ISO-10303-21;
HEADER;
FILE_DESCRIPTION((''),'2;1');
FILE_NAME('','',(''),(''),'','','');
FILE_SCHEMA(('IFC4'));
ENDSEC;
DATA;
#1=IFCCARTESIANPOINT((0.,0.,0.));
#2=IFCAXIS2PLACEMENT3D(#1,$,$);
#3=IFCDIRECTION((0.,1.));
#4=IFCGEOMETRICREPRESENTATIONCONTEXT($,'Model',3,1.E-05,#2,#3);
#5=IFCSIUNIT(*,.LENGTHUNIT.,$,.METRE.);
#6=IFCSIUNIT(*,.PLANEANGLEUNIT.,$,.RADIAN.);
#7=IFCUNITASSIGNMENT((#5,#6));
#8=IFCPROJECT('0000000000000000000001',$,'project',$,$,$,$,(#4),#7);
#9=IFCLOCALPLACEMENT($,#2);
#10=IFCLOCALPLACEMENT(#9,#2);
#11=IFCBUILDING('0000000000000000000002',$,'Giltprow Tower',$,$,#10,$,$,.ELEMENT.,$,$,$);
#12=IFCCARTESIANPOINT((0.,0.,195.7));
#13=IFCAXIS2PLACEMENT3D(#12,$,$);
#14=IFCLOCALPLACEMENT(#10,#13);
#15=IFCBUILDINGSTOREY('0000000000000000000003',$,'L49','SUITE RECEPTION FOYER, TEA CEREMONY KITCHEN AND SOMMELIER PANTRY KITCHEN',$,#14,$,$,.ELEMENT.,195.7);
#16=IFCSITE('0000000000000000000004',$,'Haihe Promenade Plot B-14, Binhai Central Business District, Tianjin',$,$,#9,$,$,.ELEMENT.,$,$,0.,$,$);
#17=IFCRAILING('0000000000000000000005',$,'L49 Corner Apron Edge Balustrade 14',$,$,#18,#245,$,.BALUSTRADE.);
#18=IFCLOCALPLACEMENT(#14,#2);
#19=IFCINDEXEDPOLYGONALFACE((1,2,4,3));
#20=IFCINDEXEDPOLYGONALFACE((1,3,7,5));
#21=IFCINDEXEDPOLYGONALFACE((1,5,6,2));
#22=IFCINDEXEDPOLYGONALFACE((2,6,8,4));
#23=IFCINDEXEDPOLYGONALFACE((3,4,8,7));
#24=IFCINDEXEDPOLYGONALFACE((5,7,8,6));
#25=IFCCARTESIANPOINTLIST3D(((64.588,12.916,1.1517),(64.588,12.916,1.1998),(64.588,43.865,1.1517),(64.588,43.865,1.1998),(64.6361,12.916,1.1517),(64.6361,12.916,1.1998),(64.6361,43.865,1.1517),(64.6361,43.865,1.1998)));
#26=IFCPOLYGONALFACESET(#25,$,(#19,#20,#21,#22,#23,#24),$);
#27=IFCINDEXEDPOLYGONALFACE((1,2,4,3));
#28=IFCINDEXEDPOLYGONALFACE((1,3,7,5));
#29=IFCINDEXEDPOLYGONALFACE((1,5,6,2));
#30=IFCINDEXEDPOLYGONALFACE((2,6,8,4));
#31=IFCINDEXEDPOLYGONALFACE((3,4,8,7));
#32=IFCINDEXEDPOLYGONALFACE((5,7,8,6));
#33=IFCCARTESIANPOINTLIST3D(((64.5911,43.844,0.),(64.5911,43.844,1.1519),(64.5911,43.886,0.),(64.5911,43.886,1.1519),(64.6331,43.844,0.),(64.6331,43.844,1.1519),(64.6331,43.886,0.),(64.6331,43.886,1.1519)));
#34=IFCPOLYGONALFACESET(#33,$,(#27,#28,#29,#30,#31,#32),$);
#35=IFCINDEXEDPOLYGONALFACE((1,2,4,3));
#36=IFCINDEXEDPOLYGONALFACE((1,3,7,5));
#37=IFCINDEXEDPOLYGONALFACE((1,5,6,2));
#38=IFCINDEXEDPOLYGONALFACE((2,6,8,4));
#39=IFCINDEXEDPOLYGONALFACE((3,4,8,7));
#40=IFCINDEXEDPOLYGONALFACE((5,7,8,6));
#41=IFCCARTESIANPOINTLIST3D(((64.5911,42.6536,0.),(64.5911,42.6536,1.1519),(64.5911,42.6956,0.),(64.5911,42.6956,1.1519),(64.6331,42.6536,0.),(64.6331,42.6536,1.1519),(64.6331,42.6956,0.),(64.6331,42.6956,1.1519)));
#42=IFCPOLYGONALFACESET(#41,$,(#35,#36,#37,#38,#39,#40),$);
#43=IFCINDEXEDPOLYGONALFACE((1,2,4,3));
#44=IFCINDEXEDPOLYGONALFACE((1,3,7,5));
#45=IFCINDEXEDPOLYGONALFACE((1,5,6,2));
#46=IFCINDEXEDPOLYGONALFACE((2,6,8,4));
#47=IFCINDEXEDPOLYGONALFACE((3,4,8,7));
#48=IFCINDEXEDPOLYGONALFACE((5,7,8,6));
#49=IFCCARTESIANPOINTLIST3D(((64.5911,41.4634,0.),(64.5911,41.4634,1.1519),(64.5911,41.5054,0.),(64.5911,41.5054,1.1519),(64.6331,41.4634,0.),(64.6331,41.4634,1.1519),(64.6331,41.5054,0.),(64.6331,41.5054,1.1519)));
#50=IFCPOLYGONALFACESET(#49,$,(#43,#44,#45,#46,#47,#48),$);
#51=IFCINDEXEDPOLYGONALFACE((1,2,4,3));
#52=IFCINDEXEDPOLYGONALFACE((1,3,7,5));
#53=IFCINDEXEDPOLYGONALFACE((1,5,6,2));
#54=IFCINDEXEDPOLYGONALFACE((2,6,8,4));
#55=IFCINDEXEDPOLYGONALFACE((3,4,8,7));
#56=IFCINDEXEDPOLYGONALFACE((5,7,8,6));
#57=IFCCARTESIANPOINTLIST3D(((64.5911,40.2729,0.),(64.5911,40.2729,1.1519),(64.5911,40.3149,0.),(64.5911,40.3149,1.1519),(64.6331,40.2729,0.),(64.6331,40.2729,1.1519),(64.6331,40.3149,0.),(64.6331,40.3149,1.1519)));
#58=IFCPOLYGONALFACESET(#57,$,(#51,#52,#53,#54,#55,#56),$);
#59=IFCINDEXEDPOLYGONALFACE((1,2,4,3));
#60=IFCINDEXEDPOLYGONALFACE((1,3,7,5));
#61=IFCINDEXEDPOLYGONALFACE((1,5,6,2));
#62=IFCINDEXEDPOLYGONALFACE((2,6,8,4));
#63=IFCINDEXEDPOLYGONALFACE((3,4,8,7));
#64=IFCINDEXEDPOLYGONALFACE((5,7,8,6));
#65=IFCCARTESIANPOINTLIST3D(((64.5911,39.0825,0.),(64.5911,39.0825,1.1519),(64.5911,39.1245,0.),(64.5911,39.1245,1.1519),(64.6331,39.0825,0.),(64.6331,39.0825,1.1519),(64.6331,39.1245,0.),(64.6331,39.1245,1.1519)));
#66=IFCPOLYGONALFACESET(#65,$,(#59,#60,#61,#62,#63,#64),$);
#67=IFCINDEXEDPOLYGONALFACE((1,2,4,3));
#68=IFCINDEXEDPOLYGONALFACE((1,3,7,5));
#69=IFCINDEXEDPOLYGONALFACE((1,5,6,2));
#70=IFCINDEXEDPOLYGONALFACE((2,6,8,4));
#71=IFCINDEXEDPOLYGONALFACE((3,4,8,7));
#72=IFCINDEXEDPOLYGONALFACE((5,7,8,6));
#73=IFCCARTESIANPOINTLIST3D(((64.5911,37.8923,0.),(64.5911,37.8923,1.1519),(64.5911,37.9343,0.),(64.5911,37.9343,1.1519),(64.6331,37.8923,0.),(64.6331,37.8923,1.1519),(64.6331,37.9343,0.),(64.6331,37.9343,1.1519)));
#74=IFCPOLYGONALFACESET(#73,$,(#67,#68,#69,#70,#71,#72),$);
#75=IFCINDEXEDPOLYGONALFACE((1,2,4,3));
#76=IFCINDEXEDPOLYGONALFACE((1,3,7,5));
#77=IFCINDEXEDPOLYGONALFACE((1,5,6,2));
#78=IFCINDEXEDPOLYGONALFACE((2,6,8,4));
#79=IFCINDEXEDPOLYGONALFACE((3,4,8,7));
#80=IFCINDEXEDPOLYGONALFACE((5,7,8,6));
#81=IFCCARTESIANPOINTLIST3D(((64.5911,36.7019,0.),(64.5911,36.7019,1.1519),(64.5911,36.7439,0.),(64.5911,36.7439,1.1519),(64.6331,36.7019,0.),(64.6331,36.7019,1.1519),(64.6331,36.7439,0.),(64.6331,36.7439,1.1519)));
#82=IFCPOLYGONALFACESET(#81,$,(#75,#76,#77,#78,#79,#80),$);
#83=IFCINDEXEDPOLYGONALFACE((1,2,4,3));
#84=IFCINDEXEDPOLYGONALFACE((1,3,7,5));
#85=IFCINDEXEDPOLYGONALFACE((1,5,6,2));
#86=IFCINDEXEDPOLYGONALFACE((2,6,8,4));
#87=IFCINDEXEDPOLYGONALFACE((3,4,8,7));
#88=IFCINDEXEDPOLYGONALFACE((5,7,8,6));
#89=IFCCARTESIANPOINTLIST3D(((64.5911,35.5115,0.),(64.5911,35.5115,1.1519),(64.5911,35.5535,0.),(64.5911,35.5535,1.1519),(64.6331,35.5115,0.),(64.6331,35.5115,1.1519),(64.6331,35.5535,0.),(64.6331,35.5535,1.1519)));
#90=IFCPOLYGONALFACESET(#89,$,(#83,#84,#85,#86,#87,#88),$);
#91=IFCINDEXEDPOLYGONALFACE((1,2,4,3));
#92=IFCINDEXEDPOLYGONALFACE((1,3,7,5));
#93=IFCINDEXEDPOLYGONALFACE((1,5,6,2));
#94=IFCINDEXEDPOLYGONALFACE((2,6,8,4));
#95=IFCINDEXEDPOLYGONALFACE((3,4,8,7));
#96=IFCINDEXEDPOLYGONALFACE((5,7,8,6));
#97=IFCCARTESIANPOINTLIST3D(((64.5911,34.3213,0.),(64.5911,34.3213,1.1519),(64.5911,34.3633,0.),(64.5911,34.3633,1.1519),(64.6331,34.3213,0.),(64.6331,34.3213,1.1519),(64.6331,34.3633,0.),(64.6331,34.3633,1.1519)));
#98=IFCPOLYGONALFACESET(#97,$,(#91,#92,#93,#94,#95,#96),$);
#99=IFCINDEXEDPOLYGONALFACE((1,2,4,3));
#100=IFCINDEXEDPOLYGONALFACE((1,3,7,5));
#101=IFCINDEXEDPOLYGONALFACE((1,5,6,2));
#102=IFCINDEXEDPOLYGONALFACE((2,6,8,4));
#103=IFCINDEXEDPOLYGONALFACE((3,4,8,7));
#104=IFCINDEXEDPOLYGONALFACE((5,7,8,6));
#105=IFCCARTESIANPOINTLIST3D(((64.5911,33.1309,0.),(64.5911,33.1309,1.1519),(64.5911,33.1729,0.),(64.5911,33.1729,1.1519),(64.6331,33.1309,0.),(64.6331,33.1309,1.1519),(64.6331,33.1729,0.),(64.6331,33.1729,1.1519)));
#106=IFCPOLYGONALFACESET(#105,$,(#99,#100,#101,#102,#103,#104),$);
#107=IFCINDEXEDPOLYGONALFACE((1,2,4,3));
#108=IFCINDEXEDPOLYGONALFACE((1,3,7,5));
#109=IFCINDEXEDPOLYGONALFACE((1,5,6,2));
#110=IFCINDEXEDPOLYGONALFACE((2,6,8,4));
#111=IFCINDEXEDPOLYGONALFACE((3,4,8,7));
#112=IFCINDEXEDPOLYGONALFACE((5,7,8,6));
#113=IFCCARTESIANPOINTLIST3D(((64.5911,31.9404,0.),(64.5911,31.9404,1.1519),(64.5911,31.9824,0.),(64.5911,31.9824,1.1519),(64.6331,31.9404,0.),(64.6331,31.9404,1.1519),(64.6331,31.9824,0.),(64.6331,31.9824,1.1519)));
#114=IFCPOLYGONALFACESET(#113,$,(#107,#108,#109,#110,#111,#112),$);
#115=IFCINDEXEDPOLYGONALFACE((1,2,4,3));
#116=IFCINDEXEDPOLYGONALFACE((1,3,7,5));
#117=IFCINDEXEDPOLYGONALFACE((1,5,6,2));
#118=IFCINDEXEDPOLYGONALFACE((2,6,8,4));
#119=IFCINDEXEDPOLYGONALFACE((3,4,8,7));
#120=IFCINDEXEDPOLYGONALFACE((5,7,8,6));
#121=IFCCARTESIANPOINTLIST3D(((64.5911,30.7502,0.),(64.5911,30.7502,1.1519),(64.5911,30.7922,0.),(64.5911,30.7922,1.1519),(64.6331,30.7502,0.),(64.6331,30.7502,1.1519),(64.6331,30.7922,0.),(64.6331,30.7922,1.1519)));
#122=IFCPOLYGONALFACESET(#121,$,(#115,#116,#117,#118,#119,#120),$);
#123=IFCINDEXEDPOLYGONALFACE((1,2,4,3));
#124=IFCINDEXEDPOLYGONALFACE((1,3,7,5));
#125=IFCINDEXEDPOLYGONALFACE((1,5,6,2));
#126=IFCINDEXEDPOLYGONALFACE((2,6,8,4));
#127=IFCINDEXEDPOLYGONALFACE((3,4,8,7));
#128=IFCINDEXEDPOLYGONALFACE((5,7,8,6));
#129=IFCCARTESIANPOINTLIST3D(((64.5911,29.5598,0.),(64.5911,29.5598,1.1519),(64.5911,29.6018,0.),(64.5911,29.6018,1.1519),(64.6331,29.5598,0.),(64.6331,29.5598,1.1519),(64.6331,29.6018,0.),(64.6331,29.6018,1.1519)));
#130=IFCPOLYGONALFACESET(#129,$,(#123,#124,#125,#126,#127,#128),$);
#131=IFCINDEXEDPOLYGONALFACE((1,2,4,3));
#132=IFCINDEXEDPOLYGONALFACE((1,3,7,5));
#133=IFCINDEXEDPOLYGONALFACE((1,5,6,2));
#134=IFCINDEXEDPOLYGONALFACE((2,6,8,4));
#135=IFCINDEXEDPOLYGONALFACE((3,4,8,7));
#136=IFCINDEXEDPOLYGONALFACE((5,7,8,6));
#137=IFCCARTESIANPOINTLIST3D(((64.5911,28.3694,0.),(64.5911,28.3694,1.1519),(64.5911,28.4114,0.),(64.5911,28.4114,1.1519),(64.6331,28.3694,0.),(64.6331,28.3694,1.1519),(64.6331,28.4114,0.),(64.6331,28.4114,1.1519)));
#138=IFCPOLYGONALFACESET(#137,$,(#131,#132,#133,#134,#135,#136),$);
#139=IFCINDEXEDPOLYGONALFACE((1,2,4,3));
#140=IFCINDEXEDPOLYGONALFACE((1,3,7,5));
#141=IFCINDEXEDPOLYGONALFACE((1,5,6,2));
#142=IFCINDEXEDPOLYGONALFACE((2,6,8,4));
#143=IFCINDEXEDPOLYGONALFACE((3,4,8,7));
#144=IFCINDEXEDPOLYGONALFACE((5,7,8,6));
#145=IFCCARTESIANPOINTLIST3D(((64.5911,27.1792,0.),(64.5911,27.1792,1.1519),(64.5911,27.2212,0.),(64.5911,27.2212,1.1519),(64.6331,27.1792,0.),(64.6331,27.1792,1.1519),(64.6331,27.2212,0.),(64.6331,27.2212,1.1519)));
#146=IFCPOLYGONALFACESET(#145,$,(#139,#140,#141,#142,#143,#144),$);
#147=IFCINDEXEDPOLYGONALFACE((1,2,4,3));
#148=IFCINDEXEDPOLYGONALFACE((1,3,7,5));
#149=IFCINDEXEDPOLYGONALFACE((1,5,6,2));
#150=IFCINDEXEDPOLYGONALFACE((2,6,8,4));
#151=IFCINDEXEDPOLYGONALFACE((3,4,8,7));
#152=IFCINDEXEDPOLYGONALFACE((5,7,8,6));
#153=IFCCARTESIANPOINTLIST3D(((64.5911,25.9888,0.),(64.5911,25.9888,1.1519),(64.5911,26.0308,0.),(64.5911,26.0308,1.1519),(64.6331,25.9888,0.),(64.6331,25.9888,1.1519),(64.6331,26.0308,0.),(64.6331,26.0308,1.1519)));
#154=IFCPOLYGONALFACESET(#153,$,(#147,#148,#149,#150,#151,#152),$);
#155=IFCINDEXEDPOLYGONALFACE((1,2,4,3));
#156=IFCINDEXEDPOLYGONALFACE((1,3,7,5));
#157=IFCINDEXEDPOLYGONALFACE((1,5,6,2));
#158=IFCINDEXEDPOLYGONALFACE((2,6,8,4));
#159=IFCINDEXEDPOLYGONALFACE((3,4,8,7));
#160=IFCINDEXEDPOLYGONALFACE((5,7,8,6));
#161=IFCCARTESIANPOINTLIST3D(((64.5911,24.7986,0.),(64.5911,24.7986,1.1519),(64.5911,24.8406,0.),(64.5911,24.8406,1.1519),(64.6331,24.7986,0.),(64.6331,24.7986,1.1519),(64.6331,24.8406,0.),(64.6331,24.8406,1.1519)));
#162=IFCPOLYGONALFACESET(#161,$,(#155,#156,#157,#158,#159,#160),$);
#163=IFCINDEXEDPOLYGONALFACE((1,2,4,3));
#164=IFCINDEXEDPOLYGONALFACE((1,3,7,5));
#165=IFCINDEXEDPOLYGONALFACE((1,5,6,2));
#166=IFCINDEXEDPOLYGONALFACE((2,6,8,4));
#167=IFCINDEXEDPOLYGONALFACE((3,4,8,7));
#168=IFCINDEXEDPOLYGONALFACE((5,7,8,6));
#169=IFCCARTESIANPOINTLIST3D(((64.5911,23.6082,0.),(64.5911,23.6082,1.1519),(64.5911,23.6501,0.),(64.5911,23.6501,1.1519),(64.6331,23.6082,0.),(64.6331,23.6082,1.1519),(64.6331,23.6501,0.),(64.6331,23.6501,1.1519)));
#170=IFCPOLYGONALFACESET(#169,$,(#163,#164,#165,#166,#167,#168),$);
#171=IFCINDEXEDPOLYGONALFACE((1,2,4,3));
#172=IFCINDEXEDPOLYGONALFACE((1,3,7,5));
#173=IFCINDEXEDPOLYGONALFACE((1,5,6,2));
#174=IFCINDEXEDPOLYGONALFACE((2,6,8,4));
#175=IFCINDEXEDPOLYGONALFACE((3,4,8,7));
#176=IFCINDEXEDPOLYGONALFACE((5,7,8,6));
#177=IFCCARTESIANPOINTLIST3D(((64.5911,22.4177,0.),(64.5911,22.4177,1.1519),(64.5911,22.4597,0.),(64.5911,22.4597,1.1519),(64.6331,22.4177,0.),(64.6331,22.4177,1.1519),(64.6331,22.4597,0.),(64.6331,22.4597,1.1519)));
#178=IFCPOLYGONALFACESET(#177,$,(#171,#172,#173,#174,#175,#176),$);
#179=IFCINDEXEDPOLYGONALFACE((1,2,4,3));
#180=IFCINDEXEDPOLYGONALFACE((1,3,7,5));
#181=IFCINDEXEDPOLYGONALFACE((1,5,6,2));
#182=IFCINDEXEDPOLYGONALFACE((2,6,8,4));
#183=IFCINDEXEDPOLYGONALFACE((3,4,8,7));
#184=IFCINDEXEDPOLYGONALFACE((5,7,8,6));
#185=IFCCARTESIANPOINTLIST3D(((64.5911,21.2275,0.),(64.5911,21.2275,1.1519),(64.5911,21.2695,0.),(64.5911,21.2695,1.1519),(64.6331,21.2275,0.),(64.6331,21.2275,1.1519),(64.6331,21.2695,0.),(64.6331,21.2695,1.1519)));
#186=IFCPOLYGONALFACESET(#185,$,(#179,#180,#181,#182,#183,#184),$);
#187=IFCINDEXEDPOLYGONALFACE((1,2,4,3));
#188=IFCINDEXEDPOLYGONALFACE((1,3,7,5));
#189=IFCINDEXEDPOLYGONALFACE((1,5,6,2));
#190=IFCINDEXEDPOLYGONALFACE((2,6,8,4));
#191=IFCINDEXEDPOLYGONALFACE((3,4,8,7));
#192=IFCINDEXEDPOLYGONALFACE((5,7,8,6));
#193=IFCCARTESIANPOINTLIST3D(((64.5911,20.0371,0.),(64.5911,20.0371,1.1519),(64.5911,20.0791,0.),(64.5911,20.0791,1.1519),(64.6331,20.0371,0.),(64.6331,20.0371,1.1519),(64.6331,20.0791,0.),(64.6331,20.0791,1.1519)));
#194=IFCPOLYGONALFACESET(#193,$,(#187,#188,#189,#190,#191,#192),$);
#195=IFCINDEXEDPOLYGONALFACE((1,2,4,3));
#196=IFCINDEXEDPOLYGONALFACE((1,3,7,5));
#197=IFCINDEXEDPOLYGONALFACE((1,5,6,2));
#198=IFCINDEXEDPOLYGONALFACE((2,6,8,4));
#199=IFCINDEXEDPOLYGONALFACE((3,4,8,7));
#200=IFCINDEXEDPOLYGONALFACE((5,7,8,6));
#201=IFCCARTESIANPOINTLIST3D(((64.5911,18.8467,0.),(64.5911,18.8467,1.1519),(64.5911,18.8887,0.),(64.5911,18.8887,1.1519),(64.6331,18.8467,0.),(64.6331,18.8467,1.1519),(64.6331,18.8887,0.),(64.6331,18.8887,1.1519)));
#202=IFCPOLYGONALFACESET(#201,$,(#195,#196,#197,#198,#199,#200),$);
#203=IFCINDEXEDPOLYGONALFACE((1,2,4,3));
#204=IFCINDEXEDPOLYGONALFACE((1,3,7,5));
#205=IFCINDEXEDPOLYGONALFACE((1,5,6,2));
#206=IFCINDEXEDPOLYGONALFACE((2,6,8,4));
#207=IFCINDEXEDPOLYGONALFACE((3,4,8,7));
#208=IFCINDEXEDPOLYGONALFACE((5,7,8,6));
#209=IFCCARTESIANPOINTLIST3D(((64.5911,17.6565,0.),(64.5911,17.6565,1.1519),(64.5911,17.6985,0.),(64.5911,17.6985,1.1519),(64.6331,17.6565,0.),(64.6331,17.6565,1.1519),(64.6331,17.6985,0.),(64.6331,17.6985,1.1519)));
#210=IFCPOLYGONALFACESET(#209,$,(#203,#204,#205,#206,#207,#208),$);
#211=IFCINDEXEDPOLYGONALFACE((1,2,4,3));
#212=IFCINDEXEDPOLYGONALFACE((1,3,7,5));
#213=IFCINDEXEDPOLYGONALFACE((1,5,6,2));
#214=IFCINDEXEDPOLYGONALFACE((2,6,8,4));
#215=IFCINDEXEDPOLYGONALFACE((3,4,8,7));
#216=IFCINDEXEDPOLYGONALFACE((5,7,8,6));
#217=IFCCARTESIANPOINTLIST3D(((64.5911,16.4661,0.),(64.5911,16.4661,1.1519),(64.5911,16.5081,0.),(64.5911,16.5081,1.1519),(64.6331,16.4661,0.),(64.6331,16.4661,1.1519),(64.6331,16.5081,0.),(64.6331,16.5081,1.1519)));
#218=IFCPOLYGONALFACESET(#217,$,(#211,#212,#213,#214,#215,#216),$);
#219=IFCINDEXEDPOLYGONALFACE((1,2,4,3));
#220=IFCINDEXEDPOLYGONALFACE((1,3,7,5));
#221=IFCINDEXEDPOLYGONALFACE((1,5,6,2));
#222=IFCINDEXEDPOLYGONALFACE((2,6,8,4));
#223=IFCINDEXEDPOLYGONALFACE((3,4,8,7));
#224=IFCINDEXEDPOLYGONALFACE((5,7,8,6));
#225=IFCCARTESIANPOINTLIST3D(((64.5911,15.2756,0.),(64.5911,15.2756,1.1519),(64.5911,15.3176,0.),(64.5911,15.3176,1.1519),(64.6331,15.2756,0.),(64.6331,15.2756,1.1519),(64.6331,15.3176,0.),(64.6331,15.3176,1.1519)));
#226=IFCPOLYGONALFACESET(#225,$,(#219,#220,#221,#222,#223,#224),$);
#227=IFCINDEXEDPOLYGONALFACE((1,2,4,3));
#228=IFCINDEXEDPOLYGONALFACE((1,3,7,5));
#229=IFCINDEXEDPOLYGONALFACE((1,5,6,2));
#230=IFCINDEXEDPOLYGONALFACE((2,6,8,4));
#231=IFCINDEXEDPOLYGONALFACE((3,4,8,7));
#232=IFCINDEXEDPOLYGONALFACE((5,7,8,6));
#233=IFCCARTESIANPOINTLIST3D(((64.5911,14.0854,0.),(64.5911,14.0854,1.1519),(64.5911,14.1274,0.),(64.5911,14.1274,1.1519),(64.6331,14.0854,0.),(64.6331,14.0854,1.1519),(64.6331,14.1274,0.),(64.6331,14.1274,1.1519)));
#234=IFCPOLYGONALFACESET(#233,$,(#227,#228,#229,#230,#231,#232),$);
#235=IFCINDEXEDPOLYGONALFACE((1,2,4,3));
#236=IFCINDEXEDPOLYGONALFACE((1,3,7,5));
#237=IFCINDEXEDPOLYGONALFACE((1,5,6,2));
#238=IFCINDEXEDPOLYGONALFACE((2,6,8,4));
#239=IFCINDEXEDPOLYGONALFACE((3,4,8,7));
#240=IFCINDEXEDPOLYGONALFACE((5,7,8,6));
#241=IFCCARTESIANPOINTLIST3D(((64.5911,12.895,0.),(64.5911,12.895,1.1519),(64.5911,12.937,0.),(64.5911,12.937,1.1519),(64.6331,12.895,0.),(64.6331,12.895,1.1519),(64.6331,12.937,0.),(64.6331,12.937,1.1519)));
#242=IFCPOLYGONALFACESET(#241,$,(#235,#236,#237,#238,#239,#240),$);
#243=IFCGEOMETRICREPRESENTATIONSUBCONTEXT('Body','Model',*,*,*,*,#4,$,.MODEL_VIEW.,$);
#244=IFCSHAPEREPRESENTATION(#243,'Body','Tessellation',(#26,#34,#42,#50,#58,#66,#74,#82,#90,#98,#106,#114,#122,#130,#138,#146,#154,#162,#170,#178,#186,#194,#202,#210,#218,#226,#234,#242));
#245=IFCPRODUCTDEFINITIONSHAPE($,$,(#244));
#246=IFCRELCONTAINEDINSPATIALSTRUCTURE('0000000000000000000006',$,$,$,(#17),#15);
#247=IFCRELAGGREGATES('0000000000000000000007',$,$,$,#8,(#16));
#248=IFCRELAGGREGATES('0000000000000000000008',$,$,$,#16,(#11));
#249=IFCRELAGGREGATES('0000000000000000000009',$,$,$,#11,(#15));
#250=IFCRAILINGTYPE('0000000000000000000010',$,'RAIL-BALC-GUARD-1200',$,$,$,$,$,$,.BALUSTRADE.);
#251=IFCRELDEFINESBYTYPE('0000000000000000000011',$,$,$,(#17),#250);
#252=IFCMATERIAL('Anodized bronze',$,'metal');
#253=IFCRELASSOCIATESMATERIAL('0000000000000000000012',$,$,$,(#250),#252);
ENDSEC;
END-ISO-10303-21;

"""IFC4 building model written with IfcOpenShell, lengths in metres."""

from ifc_helpers import new_model, si_unit, direction, frame, origin, origin_2d, place, context, subcontext, project, spatial, rectangle, extrude, material, type_object, element, save


model = new_model("IFC4")

# Units and contexts
model_context = context("Model", 3, precision=1e-05, world=origin(), true_north=direction((0.0, 1.0)))
body_context = subcontext(model_context, "Body", "Model", "MODEL_VIEW")
ifc_project = project(units=[si_unit("LENGTHUNIT", "METRE"), si_unit("PLANEANGLEUNIT", "RADIAN")], contexts=[model_context])

# Site, building, storey
site_placement = place(None, origin())
site = spatial("IfcSite", under=ifc_project, at=site_placement, Name="Haihe Promenade Plot B-14, Binhai Central Business District, Tianjin", CompositionType="ELEMENT", RefElevation=0.0)
building_placement = place(site_placement, origin())
building = spatial("IfcBuilding", under=site, at=building_placement, Name="Giltprow Tower", CompositionType="ELEMENT")
storey_placement = place(building_placement, frame((0.0, 0.0, 195.7)))
storey = spatial("IfcBuildingStorey", under=building, at=storey_placement, Name="L49", Description="SUITE RECEPTION FOYER, TEA CEREMONY KITCHEN AND SOMMELIER PANTRY KITCHEN", CompositionType="ELEMENT", Elevation=195.7)

# Railing
ifc_material_1 = material(Name="Anodized bronze", Category="metal")
railing_type_1 = type_object("IfcRailingType", Name="RAIL-BALC-GUARD-1200", PredefinedType="BALUSTRADE", material=ifc_material_1)
railing_1_placement = place(storey_placement, frame((64.6121, 43.865, 0.0)))
element("IfcRailing", 1, at=railing_1_placement, inside=storey, type_object=railing_type_1, Name="L49 Corner Apron Edge Balustrade 14", PredefinedType="BALUSTRADE", context=body_context, shape_type="SweptSolid", body=[
    extrude(rectangle(XDim=0.0481, YDim=0.0481, at=origin_2d()), frame((0.0, 0.0, 1.1758), z_axis=(0.0, -1.0, 0.0), x_axis=(1.0, 0.0, 0.0)), (0.0, 0.0, 1.0), 30.949),
    extrude(rectangle(XDim=0.042, YDim=0.042, at=origin_2d()), origin(), (0.0, 0.0, 1.0), 1.1519),
    extrude(rectangle(XDim=0.042, YDim=0.042, at=origin_2d()), frame((0.0, -1.1904, 0.0)), (0.0, 0.0, 1.0), 1.1519),
    extrude(rectangle(XDim=0.042, YDim=0.042, at=origin_2d()), frame((0.0, -2.3806, 0.0)), (0.0, 0.0, 1.0), 1.1519),
    extrude(rectangle(XDim=0.042, YDim=0.042, at=origin_2d()), frame((0.0, -3.571, 0.0)), (0.0, 0.0, 1.0), 1.1519),
    extrude(rectangle(XDim=0.042, YDim=0.042, at=origin_2d()), frame((0.0, -4.7615, 0.0)), (0.0, 0.0, 1.0), 1.1519),
    extrude(rectangle(XDim=0.042, YDim=0.042, at=origin_2d()), frame((0.0, -5.9517, 0.0)), (0.0, 0.0, 1.0), 1.1519),
    extrude(rectangle(XDim=0.042, YDim=0.042, at=origin_2d()), frame((0.0, -7.1421, 0.0)), (0.0, 0.0, 1.0), 1.1519),
    extrude(rectangle(XDim=0.042, YDim=0.042, at=origin_2d()), frame((0.0, -8.3325, 0.0)), (0.0, 0.0, 1.0), 1.1519),
    extrude(rectangle(XDim=0.042, YDim=0.042, at=origin_2d()), frame((0.0, -9.5227, 0.0)), (0.0, 0.0, 1.0), 1.1519),
    extrude(rectangle(XDim=0.042, YDim=0.042, at=origin_2d()), frame((0.0, -10.7131, 0.0)), (0.0, 0.0, 1.0), 1.1519),
    extrude(rectangle(XDim=0.042, YDim=0.042, at=origin_2d()), frame((0.0, -11.9036, 0.0)), (0.0, 0.0, 1.0), 1.1519),
    extrude(rectangle(XDim=0.042, YDim=0.042, at=origin_2d()), frame((0.0, -13.0938, 0.0)), (0.0, 0.0, 1.0), 1.1519),
    extrude(rectangle(XDim=0.042, YDim=0.042, at=origin_2d()), frame((0.0, -14.2842, 0.0)), (0.0, 0.0, 1.0), 1.1519),
    extrude(rectangle(XDim=0.042, YDim=0.042, at=origin_2d()), frame((0.0, -15.4746, 0.0)), (0.0, 0.0, 1.0), 1.1519),
    extrude(rectangle(XDim=0.042, YDim=0.042, at=origin_2d()), frame((0.0, -16.6648, 0.0)), (0.0, 0.0, 1.0), 1.1519),
    extrude(rectangle(XDim=0.042, YDim=0.042, at=origin_2d()), frame((0.0, -17.8552, 0.0)), (0.0, 0.0, 1.0), 1.1519),
    extrude(rectangle(XDim=0.042, YDim=0.042, at=origin_2d()), frame((0.0, -19.0454, 0.0)), (0.0, 0.0, 1.0), 1.1519),
    extrude(rectangle(XDim=0.042, YDim=0.042, at=origin_2d()), frame((0.0, -20.2358, 0.0)), (0.0, 0.0, 1.0), 1.1519),
    extrude(rectangle(XDim=0.042, YDim=0.042, at=origin_2d()), frame((0.0, -21.4263, 0.0)), (0.0, 0.0, 1.0), 1.1519),
    extrude(rectangle(XDim=0.042, YDim=0.042, at=origin_2d()), frame((0.0, -22.6165, 0.0)), (0.0, 0.0, 1.0), 1.1519),
    extrude(rectangle(XDim=0.042, YDim=0.042, at=origin_2d()), frame((0.0, -23.8069, 0.0)), (0.0, 0.0, 1.0), 1.1519),
    extrude(rectangle(XDim=0.042, YDim=0.042, at=origin_2d()), frame((0.0, -24.9973, 0.0)), (0.0, 0.0, 1.0), 1.1519),
    extrude(rectangle(XDim=0.042, YDim=0.042, at=origin_2d()), frame((0.0, -26.1875, 0.0)), (0.0, 0.0, 1.0), 1.1519),
    extrude(rectangle(XDim=0.042, YDim=0.042, at=origin_2d()), frame((0.0, -27.3779, 0.0)), (0.0, 0.0, 1.0), 1.1519),
    extrude(rectangle(XDim=0.042, YDim=0.042, at=origin_2d()), frame((0.0, -28.5684, 0.0)), (0.0, 0.0, 1.0), 1.1519),
    extrude(rectangle(XDim=0.042, YDim=0.042, at=origin_2d()), frame((0.0, -29.7585, 0.0)), (0.0, 0.0, 1.0), 1.1519),
    extrude(rectangle(XDim=0.042, YDim=0.042, at=origin_2d()), frame((0.0, -30.949, 0.0)), (0.0, 0.0, 1.0), 1.1519),
])

save(model, "model.ifc")
